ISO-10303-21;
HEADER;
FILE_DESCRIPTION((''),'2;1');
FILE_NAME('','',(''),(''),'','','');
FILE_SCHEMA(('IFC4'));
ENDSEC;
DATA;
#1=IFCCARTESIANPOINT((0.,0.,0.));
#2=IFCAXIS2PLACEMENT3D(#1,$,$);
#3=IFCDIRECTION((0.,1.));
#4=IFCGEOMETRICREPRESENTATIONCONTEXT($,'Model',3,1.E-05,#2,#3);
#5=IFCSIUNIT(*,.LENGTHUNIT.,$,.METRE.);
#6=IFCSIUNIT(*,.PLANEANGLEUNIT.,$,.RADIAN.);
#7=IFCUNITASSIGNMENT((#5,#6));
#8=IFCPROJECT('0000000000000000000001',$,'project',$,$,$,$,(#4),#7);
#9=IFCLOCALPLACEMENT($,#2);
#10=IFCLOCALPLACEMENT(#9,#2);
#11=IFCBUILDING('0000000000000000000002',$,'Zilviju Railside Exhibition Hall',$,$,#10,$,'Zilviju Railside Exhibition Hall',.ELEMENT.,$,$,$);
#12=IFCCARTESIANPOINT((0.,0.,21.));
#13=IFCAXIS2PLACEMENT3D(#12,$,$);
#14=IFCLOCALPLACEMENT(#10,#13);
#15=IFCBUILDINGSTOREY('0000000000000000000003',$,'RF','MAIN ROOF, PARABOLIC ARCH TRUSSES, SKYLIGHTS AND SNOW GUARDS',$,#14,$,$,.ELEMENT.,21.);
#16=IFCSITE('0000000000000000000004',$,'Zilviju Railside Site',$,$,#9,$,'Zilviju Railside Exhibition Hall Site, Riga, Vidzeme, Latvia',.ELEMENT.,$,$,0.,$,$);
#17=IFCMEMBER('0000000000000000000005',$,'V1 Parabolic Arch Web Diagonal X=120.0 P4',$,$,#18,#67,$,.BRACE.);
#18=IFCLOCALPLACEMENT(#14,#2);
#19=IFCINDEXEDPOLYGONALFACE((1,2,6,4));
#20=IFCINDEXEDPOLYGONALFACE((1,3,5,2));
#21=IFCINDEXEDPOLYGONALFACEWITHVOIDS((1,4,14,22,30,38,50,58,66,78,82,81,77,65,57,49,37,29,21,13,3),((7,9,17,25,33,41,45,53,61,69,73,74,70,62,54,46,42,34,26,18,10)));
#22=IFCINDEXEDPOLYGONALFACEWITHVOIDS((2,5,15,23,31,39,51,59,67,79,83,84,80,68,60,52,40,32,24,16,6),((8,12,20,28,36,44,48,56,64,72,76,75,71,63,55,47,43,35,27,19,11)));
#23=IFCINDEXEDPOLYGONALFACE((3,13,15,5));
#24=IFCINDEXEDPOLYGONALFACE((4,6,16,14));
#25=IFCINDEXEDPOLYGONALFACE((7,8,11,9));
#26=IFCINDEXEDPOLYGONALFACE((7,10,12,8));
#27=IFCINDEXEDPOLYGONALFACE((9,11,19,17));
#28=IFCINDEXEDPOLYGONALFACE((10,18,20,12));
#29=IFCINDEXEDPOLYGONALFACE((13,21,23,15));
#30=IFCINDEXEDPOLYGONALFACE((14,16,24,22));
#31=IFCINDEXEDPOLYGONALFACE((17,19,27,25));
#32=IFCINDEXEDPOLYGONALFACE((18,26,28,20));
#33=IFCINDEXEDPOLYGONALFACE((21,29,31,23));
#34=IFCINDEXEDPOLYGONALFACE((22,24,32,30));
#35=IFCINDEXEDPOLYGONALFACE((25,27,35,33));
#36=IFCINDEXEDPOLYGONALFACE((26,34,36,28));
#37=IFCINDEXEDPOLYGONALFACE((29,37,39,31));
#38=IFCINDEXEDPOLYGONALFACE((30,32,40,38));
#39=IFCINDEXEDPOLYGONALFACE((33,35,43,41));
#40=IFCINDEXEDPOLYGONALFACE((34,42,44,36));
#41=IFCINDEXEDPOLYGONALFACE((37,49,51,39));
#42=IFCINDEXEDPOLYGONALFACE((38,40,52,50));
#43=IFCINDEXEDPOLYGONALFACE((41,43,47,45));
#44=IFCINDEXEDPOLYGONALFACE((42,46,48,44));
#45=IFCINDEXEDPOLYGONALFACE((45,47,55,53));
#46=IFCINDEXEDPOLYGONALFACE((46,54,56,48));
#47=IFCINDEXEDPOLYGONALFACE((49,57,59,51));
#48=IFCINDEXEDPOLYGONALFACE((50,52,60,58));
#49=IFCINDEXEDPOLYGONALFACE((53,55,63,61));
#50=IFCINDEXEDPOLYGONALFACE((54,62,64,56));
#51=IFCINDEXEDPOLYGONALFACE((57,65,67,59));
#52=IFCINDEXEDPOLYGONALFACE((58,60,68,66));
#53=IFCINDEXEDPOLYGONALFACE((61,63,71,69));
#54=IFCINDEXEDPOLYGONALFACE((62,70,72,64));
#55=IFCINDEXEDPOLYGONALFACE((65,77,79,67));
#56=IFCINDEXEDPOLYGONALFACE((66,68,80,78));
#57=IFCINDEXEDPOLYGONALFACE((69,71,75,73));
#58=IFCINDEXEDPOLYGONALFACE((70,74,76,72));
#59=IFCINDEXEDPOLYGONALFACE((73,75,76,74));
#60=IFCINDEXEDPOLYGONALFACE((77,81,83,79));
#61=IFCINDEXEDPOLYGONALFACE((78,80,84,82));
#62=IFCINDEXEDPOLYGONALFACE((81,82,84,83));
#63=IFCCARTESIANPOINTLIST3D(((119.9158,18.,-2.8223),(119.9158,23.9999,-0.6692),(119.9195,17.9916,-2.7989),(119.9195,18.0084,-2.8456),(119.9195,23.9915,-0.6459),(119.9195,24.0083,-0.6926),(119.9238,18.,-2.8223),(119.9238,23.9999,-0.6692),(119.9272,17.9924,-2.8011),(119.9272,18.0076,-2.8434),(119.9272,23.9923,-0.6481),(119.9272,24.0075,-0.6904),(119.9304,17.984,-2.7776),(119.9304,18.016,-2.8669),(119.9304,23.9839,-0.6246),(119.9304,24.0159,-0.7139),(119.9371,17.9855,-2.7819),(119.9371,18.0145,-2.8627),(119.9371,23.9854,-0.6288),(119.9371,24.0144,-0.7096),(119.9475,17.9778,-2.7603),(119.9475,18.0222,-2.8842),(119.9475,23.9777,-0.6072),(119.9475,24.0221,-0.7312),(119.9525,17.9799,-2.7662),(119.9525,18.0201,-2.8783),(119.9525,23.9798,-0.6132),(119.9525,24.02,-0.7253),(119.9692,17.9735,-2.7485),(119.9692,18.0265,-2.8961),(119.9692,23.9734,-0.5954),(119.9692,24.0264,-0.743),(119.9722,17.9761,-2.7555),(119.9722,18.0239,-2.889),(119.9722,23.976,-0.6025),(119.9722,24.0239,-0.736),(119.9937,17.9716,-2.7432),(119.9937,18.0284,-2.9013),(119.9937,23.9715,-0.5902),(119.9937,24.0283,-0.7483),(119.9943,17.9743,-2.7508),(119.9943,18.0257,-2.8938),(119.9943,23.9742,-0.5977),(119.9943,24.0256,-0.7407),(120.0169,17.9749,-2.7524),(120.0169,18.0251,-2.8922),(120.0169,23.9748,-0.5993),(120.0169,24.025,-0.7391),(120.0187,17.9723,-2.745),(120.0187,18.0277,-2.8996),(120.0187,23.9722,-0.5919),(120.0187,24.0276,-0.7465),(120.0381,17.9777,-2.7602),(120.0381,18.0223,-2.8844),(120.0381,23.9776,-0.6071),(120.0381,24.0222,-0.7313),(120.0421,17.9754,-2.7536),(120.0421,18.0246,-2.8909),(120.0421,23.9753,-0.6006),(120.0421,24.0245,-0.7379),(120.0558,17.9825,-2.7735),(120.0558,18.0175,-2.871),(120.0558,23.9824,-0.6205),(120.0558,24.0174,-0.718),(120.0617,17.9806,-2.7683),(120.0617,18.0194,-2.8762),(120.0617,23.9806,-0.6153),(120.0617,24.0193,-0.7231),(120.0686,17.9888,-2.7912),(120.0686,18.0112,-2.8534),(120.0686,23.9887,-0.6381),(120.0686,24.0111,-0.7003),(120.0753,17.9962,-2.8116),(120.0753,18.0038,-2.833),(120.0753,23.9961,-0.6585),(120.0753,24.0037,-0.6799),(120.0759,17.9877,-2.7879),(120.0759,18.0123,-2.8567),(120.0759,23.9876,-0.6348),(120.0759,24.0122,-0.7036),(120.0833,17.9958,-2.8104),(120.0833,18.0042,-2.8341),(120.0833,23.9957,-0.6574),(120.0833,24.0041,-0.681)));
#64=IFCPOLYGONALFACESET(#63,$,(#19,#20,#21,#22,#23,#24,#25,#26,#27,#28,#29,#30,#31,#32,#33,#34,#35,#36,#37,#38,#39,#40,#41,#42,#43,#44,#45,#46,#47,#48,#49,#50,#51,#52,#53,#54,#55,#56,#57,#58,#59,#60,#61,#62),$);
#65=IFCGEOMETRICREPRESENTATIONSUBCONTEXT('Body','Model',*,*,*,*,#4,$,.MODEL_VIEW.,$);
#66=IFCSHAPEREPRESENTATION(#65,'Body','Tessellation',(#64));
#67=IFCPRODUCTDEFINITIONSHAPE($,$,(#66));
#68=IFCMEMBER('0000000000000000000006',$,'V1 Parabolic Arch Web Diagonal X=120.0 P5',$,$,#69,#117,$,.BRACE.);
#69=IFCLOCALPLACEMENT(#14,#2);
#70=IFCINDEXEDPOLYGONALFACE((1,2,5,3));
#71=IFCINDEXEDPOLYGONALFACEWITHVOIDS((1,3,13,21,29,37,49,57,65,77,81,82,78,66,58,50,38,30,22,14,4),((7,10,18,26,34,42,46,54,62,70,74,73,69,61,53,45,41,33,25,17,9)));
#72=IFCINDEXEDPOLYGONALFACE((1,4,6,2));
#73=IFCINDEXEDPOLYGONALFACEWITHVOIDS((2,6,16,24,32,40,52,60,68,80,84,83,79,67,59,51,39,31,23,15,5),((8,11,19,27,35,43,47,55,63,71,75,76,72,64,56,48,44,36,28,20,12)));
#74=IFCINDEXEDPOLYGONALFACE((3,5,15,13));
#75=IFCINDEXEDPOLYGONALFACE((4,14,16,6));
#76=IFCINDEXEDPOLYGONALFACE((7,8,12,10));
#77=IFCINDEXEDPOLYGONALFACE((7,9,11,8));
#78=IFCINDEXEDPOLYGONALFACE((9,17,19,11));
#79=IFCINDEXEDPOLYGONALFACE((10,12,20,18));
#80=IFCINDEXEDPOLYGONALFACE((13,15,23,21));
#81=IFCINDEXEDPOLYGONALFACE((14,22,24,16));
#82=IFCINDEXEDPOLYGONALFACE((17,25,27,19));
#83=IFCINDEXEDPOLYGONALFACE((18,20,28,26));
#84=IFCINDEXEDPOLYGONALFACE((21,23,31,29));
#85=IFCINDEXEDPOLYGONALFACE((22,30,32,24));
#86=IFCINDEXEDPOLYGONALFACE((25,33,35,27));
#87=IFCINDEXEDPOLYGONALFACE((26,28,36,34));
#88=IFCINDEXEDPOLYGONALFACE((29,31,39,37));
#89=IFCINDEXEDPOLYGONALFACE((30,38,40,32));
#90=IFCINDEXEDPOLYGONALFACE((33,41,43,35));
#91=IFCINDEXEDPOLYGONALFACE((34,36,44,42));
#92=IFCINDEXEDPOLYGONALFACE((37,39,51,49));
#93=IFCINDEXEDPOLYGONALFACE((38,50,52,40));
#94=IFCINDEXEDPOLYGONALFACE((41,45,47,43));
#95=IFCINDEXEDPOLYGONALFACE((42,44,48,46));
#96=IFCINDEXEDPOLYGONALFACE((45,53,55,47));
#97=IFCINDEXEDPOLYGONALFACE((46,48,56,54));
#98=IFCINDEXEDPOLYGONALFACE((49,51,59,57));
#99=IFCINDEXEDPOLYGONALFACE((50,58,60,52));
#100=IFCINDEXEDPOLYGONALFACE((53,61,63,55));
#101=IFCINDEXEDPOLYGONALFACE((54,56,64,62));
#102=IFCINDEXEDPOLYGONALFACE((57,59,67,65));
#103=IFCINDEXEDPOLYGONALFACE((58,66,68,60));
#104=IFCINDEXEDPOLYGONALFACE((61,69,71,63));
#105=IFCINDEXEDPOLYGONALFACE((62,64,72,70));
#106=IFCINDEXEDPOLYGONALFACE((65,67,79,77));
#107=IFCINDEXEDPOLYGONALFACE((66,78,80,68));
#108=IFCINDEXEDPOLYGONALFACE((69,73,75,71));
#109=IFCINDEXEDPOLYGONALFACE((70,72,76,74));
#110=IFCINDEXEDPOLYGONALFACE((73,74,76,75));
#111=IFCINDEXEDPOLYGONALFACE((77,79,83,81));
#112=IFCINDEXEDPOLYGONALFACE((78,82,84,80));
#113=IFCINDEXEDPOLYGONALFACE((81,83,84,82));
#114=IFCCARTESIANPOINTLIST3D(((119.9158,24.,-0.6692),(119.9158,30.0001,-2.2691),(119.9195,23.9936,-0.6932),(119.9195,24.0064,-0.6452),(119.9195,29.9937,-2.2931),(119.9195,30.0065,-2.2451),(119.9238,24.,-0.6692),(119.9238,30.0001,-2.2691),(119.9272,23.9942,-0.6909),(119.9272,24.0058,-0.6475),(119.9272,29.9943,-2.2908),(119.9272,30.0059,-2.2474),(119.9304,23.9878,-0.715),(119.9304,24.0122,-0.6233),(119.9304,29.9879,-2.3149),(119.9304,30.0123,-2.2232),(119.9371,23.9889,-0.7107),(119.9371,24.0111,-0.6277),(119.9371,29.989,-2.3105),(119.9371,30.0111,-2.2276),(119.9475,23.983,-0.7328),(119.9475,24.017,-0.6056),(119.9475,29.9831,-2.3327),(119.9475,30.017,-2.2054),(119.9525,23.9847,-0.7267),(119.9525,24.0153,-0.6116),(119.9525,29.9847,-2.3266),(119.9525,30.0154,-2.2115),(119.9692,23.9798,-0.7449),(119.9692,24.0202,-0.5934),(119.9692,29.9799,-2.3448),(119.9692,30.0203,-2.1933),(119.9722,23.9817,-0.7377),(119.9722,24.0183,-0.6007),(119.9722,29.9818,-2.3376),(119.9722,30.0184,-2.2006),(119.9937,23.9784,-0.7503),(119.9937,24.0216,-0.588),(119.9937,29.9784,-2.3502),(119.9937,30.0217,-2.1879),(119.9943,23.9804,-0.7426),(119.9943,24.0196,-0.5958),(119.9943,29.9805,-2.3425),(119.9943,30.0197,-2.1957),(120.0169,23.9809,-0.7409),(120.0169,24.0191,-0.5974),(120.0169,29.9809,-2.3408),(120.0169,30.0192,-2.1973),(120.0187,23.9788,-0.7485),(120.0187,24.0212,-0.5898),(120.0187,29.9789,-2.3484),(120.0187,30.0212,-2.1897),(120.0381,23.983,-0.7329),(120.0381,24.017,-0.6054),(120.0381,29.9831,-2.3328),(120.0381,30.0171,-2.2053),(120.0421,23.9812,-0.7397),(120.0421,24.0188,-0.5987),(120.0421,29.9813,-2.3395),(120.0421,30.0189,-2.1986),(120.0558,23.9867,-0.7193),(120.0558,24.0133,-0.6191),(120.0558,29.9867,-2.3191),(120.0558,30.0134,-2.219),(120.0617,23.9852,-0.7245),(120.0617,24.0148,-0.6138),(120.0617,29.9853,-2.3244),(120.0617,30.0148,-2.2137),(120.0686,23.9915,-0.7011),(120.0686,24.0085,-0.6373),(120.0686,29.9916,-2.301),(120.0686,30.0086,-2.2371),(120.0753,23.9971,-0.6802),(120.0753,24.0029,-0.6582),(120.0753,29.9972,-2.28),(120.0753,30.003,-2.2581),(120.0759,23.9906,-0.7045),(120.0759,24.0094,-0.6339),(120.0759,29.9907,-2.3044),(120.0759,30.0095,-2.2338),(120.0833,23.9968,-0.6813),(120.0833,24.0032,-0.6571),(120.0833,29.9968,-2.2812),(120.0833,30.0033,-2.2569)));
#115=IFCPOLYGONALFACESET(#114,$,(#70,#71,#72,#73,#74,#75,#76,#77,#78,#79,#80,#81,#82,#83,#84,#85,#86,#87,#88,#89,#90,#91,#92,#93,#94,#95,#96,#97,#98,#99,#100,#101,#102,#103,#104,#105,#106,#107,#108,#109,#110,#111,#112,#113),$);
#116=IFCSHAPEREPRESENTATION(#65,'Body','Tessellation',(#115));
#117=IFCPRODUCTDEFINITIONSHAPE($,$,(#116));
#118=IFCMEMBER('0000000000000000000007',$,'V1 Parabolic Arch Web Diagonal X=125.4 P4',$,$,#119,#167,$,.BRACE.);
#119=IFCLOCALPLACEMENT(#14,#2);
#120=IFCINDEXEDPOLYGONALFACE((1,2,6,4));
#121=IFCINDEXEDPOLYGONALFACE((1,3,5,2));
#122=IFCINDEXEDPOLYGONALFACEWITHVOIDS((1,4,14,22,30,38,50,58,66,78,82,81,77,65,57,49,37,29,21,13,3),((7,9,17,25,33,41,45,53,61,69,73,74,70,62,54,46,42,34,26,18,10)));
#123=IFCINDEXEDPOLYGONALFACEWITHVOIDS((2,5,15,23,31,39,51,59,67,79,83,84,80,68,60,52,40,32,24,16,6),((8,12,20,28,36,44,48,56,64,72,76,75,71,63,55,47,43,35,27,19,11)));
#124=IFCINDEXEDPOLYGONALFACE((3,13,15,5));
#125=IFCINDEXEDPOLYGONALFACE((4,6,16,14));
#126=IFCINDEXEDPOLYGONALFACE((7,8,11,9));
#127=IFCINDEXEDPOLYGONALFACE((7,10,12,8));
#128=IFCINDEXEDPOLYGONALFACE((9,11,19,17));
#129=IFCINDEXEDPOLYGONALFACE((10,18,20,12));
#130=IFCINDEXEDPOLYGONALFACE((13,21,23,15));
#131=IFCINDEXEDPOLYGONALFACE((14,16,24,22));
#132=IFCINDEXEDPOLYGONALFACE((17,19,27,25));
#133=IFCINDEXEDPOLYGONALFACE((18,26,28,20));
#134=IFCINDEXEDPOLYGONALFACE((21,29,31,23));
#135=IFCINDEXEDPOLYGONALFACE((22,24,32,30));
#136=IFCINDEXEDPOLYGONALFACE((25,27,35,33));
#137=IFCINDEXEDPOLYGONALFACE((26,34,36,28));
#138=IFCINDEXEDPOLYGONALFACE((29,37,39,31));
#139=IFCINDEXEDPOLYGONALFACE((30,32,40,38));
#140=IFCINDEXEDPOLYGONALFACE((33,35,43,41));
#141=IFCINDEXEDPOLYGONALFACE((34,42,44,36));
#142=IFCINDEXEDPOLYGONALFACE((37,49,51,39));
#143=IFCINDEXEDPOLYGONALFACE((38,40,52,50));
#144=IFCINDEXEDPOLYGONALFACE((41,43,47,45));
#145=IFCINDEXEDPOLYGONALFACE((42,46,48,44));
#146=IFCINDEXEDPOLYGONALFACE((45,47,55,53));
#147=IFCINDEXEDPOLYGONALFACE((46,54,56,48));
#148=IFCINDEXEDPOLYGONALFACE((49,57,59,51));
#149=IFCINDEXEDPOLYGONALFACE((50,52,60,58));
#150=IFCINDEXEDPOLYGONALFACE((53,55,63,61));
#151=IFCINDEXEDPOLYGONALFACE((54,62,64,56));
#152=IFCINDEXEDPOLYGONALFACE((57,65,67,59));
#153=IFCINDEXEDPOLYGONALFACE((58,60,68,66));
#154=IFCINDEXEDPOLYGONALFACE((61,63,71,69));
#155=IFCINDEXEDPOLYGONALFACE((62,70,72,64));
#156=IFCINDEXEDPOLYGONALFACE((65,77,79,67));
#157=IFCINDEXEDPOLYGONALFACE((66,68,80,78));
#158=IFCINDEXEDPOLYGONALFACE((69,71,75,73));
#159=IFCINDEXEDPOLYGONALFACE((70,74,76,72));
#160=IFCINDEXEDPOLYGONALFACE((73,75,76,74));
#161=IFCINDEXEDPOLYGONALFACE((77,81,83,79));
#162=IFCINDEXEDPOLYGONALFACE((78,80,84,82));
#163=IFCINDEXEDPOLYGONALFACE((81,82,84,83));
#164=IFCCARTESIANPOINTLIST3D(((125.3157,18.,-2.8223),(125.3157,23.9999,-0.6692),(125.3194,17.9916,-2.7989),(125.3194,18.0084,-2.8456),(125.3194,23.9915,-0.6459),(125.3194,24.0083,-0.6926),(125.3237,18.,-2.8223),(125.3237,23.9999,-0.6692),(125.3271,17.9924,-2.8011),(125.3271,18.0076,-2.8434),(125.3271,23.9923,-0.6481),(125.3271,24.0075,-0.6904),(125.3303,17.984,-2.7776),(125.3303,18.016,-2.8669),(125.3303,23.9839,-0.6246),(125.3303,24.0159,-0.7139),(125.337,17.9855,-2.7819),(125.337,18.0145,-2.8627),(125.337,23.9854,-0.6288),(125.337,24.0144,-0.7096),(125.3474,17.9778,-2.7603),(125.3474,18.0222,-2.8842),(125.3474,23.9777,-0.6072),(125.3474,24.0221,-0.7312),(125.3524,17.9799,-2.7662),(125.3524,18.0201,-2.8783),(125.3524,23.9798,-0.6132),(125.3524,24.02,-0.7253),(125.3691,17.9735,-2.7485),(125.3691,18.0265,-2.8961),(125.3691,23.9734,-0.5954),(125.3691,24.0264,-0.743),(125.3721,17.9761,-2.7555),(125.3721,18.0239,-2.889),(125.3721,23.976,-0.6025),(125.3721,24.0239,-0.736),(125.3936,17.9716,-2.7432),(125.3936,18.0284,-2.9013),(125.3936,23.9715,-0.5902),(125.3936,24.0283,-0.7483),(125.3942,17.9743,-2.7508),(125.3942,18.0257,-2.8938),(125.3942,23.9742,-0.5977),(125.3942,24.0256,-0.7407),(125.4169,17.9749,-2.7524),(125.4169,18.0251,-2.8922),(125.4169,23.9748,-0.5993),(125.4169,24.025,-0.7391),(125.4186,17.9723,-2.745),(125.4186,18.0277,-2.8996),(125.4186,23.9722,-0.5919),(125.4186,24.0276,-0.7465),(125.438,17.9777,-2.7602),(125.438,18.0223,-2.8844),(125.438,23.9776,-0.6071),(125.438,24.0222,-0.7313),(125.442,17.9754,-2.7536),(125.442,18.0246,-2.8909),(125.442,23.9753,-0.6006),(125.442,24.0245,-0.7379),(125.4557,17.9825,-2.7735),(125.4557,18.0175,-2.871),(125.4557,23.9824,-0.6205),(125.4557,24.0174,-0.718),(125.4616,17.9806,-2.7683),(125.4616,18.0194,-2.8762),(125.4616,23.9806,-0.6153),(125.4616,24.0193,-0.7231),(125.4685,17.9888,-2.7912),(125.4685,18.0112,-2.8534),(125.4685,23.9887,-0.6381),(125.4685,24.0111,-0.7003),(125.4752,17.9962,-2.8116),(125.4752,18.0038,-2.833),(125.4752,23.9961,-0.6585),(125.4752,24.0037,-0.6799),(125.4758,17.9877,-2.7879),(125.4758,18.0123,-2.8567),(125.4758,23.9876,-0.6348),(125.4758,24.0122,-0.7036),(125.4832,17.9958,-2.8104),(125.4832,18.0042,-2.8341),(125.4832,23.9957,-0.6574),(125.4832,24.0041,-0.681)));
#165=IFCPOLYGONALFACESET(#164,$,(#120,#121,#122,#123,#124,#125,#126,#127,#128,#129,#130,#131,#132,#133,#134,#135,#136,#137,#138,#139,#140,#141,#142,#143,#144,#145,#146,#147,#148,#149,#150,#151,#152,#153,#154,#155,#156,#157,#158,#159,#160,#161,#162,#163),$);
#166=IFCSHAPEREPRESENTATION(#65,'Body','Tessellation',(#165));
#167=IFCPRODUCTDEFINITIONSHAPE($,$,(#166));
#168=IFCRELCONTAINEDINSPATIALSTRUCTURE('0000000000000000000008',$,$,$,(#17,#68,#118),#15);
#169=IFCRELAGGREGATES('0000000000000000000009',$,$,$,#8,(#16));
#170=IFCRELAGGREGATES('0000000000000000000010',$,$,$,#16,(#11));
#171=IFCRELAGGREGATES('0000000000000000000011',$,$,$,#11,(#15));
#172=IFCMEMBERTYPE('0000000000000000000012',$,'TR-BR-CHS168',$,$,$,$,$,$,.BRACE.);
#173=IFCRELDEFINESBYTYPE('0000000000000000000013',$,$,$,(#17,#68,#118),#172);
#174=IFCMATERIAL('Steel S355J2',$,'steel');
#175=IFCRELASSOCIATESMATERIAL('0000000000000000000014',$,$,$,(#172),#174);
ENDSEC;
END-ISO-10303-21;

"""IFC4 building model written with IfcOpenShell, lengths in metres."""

from ifc_helpers import new_model, si_unit, direction, frame, origin, origin_2d, place, context, subcontext, project, spatial, hollow_circle, extrude, material, material_profile, profile_set, type_object, element, save


model = new_model("IFC4")

# Units and contexts
model_context = context("Model", 3, precision=1e-05, world=origin(), true_north=direction((0.0, 1.0)))
body_context = subcontext(model_context, "Body", "Model", "MODEL_VIEW")
ifc_project = project(units=[si_unit("LENGTHUNIT", "METRE"), si_unit("PLANEANGLEUNIT", "RADIAN")], contexts=[model_context])

# Site, building, storey
site_placement = place(None, origin())
site = spatial("IfcSite", under=ifc_project, at=site_placement, Name="Zilviju Railside Site", LongName="Zilviju Railside Exhibition Hall Site, Riga, Vidzeme, Latvia", CompositionType="ELEMENT", RefElevation=0.0)
building_placement = place(site_placement, origin())
building = spatial("IfcBuilding", under=site, at=building_placement, Name="Zilviju Railside Exhibition Hall", LongName="Zilviju Railside Exhibition Hall", CompositionType="ELEMENT")
storey_placement = place(building_placement, frame((0.0, 0.0, 21.0)))
storey = spatial("IfcBuildingStorey", under=building, at=storey_placement, Name="RF", Description="MAIN ROOF, PARABOLIC ARCH TRUSSES, SKYLIGHTS AND SNOW GUARDS", CompositionType="ELEMENT", Elevation=21.0)

# Members
ifc_material_1 = material(Name="Steel S355J2", Category="steel")
ifc_material_profile_1 = material_profile(ifc_material_1, hollow_circle(Radius=0.0842, WallThickness=0.0081, at=origin_2d()), Name="CHS 168.3x8.0")
ifc_profile_set_1 = profile_set([ifc_material_profile_1], Name="Steel S355J2")
member_type_1 = type_object("IfcMemberType", Name="TR-BR-CHS168", PredefinedType="BRACE", material=ifc_profile_set_1)
member_1_placement = place(storey_placement, frame((120.0, 18.0, -2.8223), z_axis=(0.0, 0.941233, 0.337758), x_axis=(-1.0, 0.0, 0.0)))
element("IfcMember", 1, at=member_1_placement, inside=storey, type_object=member_type_1, Name="V1 Parabolic Arch Web Diagonal X=120.0 P4", PredefinedType="BRACE", context=body_context, shape_type="SweptSolid", body=[
    extrude(hollow_circle(Radius=0.0842, WallThickness=0.0081, at=origin_2d()), origin(), (0.0, 0.0, 1.0), 6.3745),
])
member_2_placement = place(storey_placement, frame((120.0, 24.0, -0.6692), z_axis=(0.0, 0.966241, -0.257641), x_axis=(-1.0, 0.0, 0.0)))
element("IfcMember", 2, at=member_2_placement, inside=storey, type_object=member_type_1, Name="V1 Parabolic Arch Web Diagonal X=120.0 P5", PredefinedType="BRACE", context=body_context, shape_type="SweptSolid", body=[
    extrude(hollow_circle(Radius=0.0842, WallThickness=0.0081, at=origin_2d()), origin(), (0.0, 0.0, 1.0), 6.2097),
])
for number, where, z_axis, x_axis, name in (
    (3, (125.3999, 18.0, -2.8223), (0.0, 0.941233, 0.337758), (-1.0, 0.0, 0.0), "V1 Parabolic Arch Web Diagonal X=125.4 P4"),
):
    element("IfcMember", number, at=place(storey_placement, frame(where, z_axis=z_axis, x_axis=x_axis)), inside=storey, type_object=member_type_1, Name=name, PredefinedType="BRACE", context=body_context, shape_type="SweptSolid", body=[
        extrude(hollow_circle(Radius=0.0842, WallThickness=0.0081, at=origin_2d()), origin(), (0.0, 0.0, 1.0), 6.3745),
    ])

save(model, "model.ifc")
